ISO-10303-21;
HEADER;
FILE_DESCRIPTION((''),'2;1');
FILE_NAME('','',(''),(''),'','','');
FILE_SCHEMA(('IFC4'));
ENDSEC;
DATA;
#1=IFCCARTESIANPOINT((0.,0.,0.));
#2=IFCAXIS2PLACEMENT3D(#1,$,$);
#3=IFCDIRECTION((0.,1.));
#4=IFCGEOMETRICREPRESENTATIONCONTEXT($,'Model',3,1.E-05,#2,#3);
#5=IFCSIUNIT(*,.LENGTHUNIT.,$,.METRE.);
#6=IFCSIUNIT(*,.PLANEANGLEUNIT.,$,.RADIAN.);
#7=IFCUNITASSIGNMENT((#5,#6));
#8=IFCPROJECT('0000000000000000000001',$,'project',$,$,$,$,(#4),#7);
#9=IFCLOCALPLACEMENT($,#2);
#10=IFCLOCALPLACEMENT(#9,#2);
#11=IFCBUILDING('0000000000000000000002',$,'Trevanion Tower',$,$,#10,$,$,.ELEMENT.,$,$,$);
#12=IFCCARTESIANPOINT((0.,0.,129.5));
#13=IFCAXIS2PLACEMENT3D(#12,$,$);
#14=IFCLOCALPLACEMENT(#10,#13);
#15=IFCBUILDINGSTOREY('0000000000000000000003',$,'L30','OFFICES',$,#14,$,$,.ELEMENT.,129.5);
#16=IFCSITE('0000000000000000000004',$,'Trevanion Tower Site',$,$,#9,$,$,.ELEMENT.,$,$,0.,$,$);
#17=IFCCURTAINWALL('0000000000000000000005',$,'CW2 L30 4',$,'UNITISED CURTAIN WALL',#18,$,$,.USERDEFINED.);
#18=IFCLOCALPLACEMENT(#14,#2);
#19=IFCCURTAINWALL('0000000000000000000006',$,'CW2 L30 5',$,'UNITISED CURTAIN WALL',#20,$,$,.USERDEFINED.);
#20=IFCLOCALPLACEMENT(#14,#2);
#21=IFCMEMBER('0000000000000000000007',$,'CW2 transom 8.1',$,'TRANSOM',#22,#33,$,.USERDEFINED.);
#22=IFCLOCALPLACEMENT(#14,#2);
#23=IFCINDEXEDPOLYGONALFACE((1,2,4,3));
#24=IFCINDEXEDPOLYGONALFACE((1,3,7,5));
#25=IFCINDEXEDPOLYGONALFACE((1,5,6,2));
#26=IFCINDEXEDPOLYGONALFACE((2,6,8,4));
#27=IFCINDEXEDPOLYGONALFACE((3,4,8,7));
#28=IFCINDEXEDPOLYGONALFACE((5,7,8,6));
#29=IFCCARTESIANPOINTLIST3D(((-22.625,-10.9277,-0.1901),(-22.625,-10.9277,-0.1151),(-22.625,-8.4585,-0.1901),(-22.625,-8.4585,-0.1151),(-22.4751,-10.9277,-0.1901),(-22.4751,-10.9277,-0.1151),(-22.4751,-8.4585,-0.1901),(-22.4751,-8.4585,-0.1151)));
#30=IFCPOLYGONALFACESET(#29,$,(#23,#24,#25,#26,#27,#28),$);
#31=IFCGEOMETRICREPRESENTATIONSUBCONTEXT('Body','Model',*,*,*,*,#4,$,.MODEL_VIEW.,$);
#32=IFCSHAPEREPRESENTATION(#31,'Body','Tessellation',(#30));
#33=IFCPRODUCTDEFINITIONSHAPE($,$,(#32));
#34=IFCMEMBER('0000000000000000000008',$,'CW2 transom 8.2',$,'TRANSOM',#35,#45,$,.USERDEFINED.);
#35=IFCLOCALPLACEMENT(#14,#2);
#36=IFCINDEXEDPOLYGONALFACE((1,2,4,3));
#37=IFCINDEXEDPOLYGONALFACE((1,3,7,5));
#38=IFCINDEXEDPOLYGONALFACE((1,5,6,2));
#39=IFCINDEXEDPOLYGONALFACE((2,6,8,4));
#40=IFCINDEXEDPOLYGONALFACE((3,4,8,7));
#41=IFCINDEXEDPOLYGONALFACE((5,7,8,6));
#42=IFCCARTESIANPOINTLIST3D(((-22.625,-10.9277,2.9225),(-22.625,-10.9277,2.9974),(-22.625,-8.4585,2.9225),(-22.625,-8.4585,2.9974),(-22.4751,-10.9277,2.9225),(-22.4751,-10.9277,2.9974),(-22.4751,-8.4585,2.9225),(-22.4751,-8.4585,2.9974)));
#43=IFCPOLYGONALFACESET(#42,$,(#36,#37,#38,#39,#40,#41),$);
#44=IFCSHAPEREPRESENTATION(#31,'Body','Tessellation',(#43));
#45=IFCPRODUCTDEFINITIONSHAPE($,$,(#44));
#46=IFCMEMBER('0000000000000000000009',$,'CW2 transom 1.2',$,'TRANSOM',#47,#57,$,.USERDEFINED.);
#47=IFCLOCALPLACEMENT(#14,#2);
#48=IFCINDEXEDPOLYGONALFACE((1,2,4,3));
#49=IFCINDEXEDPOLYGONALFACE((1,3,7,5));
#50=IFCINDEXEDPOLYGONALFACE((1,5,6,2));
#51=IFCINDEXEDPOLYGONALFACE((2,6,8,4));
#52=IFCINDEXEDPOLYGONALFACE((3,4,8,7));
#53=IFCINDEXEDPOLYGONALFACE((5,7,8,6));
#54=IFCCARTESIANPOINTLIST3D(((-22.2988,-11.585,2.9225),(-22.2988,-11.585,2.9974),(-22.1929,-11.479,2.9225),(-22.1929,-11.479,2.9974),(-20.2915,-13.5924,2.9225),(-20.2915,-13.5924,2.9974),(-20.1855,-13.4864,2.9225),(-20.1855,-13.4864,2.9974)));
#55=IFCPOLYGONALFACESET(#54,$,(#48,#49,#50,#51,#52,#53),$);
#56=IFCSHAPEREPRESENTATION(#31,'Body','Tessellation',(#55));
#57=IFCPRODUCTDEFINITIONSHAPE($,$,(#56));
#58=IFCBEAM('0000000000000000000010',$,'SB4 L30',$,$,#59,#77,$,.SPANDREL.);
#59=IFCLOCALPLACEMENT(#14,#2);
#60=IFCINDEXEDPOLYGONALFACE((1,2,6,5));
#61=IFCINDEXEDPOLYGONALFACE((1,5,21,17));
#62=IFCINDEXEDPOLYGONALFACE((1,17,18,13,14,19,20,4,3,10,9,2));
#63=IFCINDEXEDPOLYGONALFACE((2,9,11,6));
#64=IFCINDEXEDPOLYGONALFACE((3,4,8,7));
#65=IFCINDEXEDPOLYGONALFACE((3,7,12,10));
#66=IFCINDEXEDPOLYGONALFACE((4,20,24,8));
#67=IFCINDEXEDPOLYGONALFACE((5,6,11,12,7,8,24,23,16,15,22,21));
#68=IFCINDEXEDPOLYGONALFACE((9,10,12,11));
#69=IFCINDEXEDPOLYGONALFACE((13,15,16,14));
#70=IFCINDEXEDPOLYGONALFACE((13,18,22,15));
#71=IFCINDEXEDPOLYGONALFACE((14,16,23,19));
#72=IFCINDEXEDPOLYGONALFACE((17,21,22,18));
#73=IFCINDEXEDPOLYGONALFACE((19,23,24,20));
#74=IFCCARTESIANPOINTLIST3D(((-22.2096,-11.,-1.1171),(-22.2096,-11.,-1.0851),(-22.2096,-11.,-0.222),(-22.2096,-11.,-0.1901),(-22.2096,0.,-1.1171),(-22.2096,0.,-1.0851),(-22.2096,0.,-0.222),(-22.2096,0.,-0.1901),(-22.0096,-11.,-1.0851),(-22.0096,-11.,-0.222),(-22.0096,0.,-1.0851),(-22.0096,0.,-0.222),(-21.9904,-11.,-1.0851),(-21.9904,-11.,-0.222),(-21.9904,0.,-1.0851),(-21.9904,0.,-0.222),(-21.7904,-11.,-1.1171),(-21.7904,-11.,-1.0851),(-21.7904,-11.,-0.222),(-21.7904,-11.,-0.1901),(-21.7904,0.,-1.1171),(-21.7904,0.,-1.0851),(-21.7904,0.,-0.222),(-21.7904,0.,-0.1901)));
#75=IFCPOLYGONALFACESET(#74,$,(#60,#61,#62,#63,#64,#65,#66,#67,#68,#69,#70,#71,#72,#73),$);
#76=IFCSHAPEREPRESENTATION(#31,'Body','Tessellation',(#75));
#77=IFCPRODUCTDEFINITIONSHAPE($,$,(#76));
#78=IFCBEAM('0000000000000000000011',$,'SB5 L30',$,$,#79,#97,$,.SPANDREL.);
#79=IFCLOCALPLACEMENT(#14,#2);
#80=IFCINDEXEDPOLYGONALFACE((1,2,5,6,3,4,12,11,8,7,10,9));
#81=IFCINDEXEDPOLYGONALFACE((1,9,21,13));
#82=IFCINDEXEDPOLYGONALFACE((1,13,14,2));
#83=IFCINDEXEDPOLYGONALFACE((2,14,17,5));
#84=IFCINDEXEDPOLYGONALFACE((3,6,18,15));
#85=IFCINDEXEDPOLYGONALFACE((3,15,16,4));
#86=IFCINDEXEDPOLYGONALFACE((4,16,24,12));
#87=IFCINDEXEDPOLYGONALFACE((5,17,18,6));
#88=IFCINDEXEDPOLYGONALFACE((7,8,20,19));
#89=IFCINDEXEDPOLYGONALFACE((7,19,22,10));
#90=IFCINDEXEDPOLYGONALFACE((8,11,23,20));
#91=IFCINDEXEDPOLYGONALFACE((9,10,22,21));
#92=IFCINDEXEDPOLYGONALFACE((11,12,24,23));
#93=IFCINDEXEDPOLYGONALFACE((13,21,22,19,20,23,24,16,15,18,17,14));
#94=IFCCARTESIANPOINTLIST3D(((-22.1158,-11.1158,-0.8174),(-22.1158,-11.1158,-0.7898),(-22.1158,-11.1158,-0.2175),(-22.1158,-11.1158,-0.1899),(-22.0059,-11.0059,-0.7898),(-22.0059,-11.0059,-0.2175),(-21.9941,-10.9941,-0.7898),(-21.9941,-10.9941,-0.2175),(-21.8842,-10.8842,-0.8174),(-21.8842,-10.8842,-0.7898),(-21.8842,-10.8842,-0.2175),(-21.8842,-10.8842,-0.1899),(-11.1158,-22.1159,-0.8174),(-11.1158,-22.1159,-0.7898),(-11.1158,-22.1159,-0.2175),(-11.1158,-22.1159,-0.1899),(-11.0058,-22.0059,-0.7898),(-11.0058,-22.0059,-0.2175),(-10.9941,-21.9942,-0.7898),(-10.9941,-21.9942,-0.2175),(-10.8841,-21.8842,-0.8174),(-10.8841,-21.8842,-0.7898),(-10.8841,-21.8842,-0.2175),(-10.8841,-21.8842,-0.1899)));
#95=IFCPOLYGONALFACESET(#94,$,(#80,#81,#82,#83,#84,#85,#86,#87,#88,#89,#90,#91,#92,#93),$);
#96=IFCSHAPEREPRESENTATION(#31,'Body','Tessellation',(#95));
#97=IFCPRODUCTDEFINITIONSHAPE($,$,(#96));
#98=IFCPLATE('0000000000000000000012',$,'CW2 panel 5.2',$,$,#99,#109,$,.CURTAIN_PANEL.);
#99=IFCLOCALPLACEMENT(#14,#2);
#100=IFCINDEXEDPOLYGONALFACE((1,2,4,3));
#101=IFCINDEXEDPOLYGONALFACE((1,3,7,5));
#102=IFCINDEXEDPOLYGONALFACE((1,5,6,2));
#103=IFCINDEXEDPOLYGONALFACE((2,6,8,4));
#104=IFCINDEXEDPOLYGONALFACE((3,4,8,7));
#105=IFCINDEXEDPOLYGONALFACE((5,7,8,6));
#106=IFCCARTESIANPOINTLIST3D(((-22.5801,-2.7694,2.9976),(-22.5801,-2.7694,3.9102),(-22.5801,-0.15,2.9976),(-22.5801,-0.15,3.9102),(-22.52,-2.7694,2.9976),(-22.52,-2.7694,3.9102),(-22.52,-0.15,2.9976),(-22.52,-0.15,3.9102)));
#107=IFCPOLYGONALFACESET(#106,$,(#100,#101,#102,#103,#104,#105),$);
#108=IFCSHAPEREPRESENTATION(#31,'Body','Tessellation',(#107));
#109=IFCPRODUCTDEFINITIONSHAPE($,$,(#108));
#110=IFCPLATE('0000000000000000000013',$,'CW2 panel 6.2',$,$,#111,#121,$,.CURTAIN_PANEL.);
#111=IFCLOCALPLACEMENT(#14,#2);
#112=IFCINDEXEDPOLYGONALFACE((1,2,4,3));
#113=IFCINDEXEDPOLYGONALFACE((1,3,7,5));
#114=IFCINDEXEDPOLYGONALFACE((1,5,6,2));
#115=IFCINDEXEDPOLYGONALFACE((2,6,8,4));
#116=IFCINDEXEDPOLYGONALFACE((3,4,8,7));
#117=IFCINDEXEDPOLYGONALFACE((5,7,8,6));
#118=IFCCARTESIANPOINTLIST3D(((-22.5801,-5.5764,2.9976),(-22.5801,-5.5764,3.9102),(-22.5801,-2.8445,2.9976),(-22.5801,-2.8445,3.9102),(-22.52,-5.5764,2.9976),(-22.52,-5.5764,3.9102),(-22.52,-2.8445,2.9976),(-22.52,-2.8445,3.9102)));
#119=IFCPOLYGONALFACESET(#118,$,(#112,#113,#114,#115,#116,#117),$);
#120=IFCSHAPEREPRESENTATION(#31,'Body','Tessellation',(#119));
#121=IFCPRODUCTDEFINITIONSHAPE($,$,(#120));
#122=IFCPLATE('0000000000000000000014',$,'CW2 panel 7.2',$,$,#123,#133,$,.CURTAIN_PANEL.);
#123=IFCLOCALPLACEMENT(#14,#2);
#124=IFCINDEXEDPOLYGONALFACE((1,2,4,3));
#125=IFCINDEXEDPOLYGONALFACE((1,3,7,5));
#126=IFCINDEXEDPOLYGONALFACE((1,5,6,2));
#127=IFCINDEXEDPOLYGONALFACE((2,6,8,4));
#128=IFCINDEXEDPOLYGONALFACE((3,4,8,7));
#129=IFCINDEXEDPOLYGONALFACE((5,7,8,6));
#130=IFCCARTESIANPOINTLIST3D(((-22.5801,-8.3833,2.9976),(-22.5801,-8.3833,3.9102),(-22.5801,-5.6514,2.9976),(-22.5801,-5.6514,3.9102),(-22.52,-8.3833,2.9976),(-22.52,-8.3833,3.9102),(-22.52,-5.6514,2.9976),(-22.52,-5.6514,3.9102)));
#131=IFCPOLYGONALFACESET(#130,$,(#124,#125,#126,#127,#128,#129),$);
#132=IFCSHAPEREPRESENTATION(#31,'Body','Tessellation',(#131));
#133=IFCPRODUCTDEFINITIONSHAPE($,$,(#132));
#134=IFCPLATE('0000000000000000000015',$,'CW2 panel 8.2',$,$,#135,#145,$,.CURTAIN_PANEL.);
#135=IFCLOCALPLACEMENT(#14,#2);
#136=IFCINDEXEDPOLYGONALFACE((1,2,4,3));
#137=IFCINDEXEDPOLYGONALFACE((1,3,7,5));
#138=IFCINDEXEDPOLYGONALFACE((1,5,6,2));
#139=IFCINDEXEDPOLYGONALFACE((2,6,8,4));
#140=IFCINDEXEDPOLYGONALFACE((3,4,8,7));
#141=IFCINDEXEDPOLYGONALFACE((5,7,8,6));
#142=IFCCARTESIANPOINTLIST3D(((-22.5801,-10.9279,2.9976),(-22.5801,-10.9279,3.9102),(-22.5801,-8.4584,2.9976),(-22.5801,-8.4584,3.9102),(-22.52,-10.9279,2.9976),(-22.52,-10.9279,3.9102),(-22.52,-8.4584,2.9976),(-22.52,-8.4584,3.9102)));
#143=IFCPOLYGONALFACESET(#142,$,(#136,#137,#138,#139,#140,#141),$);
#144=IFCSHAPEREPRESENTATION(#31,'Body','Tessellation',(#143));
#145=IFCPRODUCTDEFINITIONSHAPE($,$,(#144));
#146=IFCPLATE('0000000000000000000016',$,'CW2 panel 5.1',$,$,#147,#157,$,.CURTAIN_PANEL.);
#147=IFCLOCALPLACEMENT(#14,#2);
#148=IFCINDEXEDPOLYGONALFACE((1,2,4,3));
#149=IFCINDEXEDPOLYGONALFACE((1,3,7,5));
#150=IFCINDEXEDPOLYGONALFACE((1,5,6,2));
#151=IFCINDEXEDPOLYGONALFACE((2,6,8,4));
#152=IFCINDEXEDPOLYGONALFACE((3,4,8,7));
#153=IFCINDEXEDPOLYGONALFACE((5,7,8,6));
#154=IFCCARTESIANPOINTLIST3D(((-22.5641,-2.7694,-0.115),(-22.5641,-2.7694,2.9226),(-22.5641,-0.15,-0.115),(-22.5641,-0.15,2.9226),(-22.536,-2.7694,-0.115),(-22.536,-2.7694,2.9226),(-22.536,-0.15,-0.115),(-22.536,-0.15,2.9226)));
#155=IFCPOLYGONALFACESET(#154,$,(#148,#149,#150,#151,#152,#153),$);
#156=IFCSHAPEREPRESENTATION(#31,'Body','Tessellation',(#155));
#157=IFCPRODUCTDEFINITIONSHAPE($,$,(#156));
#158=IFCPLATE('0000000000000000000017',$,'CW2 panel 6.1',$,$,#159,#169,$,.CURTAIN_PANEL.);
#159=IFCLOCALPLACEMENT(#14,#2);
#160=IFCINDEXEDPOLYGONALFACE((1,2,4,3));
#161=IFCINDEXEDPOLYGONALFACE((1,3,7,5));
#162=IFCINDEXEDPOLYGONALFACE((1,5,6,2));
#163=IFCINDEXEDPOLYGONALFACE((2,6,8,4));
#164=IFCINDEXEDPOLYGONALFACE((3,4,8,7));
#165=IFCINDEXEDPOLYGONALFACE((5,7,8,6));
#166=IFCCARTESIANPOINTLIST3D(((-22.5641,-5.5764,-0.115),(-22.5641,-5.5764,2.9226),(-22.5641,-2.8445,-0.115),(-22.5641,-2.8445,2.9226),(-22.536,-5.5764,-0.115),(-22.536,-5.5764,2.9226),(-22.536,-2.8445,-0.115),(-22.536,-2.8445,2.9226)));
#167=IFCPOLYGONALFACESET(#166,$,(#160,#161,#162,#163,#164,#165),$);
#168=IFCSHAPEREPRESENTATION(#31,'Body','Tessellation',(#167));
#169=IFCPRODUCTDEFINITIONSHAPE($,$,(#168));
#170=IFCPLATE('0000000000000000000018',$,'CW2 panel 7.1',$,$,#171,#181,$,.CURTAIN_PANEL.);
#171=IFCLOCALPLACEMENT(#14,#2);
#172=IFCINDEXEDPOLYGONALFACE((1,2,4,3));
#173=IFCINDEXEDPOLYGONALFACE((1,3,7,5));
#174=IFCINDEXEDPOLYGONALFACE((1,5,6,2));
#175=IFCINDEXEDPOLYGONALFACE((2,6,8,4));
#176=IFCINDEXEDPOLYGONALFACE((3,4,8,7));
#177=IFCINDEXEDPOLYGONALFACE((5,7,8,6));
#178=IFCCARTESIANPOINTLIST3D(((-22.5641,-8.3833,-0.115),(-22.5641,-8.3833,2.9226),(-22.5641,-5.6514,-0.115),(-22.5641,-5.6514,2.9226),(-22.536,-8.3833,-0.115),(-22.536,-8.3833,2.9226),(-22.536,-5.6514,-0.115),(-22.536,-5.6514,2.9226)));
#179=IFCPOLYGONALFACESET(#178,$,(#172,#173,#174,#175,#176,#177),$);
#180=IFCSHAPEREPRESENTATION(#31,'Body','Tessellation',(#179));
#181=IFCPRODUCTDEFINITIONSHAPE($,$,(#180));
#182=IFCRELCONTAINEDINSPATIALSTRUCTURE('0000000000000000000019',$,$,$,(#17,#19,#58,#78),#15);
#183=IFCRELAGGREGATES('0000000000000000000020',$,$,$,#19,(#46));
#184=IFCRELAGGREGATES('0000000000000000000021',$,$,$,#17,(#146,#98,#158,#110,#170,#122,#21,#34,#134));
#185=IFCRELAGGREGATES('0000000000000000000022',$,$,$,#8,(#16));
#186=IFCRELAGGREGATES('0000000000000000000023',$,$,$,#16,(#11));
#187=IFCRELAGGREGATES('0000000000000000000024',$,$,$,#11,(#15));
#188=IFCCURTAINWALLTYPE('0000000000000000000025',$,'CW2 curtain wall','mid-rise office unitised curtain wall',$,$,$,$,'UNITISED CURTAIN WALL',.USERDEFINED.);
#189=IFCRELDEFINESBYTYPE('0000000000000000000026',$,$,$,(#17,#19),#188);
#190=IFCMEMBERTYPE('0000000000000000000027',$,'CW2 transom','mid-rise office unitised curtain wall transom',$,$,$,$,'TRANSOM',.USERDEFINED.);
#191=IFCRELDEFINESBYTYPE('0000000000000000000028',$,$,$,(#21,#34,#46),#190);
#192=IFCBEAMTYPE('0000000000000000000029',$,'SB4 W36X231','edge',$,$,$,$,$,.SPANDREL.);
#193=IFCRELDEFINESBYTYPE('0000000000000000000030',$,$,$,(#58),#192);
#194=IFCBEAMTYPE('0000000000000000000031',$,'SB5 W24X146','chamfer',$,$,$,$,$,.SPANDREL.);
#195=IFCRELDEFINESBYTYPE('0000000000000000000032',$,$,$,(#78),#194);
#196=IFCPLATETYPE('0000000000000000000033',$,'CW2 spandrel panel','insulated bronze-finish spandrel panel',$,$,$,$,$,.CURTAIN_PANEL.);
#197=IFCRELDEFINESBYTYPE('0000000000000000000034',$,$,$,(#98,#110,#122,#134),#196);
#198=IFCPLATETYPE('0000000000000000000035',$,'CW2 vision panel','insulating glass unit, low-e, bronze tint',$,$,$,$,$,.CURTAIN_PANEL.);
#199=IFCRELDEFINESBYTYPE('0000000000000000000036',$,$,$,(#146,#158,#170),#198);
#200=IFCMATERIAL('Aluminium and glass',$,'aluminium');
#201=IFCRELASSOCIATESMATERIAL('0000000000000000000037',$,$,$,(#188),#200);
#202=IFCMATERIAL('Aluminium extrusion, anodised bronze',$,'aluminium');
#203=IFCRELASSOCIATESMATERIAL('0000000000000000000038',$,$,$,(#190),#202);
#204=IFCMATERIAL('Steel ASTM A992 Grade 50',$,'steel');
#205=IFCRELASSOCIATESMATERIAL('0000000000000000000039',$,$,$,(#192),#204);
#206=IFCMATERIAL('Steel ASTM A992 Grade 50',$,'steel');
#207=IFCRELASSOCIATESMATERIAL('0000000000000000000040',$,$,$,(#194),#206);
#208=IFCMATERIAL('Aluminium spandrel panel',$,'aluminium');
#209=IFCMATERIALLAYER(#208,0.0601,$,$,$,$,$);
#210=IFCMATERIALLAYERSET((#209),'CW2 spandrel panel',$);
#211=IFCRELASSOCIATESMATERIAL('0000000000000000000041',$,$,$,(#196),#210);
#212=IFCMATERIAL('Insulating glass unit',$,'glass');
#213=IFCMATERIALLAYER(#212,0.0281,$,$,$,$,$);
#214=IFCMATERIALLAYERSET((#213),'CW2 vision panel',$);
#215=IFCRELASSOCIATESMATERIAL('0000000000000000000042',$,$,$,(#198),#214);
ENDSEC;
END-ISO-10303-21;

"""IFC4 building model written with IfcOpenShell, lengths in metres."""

from ifc_helpers import new_model, si_unit, direction, frame, origin, origin_2d, place, context, subcontext, project, spatial, rectangle, i_section, extrude, material, layer, layer_set, material_profile, profile_set, type_object, element, aggregate, save


model = new_model("IFC4")

# Units and contexts
model_context = context("Model", 3, precision=1e-05, world=origin(), true_north=direction((0.0, 1.0)))
body_context = subcontext(model_context, "Body", "Model", "MODEL_VIEW")
ifc_project = project(units=[si_unit("LENGTHUNIT", "METRE"), si_unit("PLANEANGLEUNIT", "RADIAN")], contexts=[model_context])

# Site, building, storey
site_placement = place(None, origin())
site = spatial("IfcSite", under=ifc_project, at=site_placement, Name="Trevanion Tower Site", CompositionType="ELEMENT", RefElevation=0.0)
building_placement = place(site_placement, origin())
building = spatial("IfcBuilding", under=site, at=building_placement, Name="Trevanion Tower", CompositionType="ELEMENT")
storey_placement = place(building_placement, frame((0.0, 0.0, 129.5)))
storey = spatial("IfcBuildingStorey", under=building, at=storey_placement, Name="L30", Description="OFFICES", CompositionType="ELEMENT", Elevation=129.5)

# Curtain wall
ifc_material_1 = material(Name="Aluminium and glass", Category="aluminium")
curtain_wall_type = type_object("IfcCurtainWallType", Name="CW2 curtain wall", Description="mid-rise office unitised curtain wall", ElementType="UNITISED CURTAIN WALL", PredefinedType="USERDEFINED", material=ifc_material_1)
curtain_wall_1_placement = place(storey_placement, origin())
curtain_wall_1 = element("IfcCurtainWall", 1, at=curtain_wall_1_placement, inside=storey, type_object=curtain_wall_type, Name="CW2 L30 4", ObjectType="UNITISED CURTAIN WALL", PredefinedType="USERDEFINED")

# Curtain wall
curtain_wall_2_placement = place(storey_placement, origin())
curtain_wall_2 = element("IfcCurtainWall", 2, at=curtain_wall_2_placement, inside=storey, type_object=curtain_wall_type, Name="CW2 L30 5", ObjectType="UNITISED CURTAIN WALL", PredefinedType="USERDEFINED")

# Members
ifc_material_2 = material(Name="Aluminium extrusion, anodised bronze", Category="aluminium")
ifc_material_profile_1 = material_profile(ifc_material_2, rectangle(XDim=0.1499, YDim=0.075, at=origin_2d()), Name="CW2 transom")
ifc_profile_set_1 = profile_set([ifc_material_profile_1], Name="Aluminium extrusion, anodised bronze")
member_type_1 = type_object("IfcMemberType", Name="CW2 transom", Description="mid-rise office unitised curtain wall transom", ElementType="TRANSOM", PredefinedType="USERDEFINED", material=ifc_profile_set_1)
member_1_placement = place(storey_placement, frame((-22.55, -8.4585, -0.1526), z_axis=(0.0, -1.0, 0.0), x_axis=(1.0, 0.0, 0.0)))
member_1 = element("IfcMember", 3, at=member_1_placement, type_object=member_type_1, Name="CW2 transom 8.1", ObjectType="TRANSOM", PredefinedType="USERDEFINED", context=body_context, shape_type="SweptSolid", body=[
    extrude(rectangle(XDim=0.1499, YDim=0.075, at=origin_2d()), origin(), (0.0, 0.0, 1.0), 2.4692),
])
member_2_placement = place(storey_placement, frame((-22.55, -8.4585, 2.96), z_axis=(0.0, -1.0, 0.0), x_axis=(1.0, 0.0, 0.0)))
member_2 = element("IfcMember", 4, at=member_2_placement, type_object=member_type_1, Name="CW2 transom 8.2", ObjectType="TRANSOM", PredefinedType="USERDEFINED", context=body_context, shape_type="SweptSolid", body=[
    extrude(rectangle(XDim=0.1499, YDim=0.075, at=origin_2d()), origin(), (0.0, 0.0, 1.0), 2.4692),
])
member_3_placement = place(storey_placement, frame((-22.2458, -11.532, 2.96), z_axis=(0.707107, -0.707107, 0.0), x_axis=(0.707107, 0.707107, 0.0)))
member_3 = element("IfcMember", 5, at=member_3_placement, type_object=member_type_1, Name="CW2 transom 1.2", ObjectType="TRANSOM", PredefinedType="USERDEFINED", context=body_context, shape_type="SweptSolid", body=[
    extrude(rectangle(XDim=0.1499, YDim=0.075, at=origin_2d()), origin(), (0.0, 0.0, 1.0), 2.8389),
])
aggregate(curtain_wall_2, [member_3])

# Beams
ifc_material_3 = material(Name="Steel ASTM A992 Grade 50", Category="steel")
ifc_material_profile_2 = material_profile(ifc_material_3, i_section(OverallWidth=0.4192, OverallDepth=0.927, WebThickness=0.0193, FlangeThickness=0.032, at=origin_2d()), Name="W36X231")
ifc_profile_set_2 = profile_set([ifc_material_profile_2], Name="Steel ASTM A992 Grade 50")
beam_type_1 = type_object("IfcBeamType", Name="SB4 W36X231", Description="edge", PredefinedType="SPANDREL", material=ifc_profile_set_2)
beam_1_placement = place(storey_placement, frame((-22.0, 0.0, -0.6536), z_axis=(0.0, -1.0, 0.0), x_axis=(1.0, 0.0, 0.0)))
element("IfcBeam", 6, at=beam_1_placement, inside=storey, type_object=beam_type_1, Name="SB4 L30", PredefinedType="SPANDREL", context=body_context, shape_type="SweptSolid", body=[
    extrude(i_section(OverallWidth=0.4192, OverallDepth=0.927, WebThickness=0.0193, FlangeThickness=0.032, at=origin_2d()), origin(), (0.0, 0.0, 1.0), 11.0),
])
ifc_material_4 = material(Name="Steel ASTM A992 Grade 50", Category="steel")
ifc_material_profile_3 = material_profile(ifc_material_4, i_section(OverallWidth=0.3276, OverallDepth=0.6274, WebThickness=0.0166, FlangeThickness=0.0276, at=origin_2d()), Name="W24X146")
ifc_profile_set_3 = profile_set([ifc_material_profile_3], Name="Steel ASTM A992 Grade 50")
beam_type_2 = type_object("IfcBeamType", Name="SB5 W24X146", Description="chamfer", PredefinedType="SPANDREL", material=ifc_profile_set_3)
beam_2_placement = place(storey_placement, frame((-22.0, -11.0, -0.5037), z_axis=(0.707107, -0.707107, 0.0), x_axis=(0.707107, 0.707107, 0.0)))
element("IfcBeam", 7, at=beam_2_placement, inside=storey, type_object=beam_type_2, Name="SB5 L30", PredefinedType="SPANDREL", context=body_context, shape_type="SweptSolid", body=[
    extrude(i_section(OverallWidth=0.3276, OverallDepth=0.6274, WebThickness=0.0166, FlangeThickness=0.0276, at=origin_2d()), origin(), (0.0, 0.0, 1.0), 15.5564),
])

# Plates
ifc_material_5 = material(Name="Aluminium spandrel panel", Category="aluminium")
ifc_layer_1 = layer(ifc_material_5, 0.0601)
ifc_layer_set_1 = layer_set([ifc_layer_1], Name="CW2 spandrel panel")
plate_type_1 = type_object("IfcPlateType", Name="CW2 spandrel panel", Description="insulated bronze-finish spandrel panel", PredefinedType="CURTAIN_PANEL", material=ifc_layer_set_1)
plate_1_placement = place(storey_placement, frame((-22.55, -1.4597, 2.9976), z_axis=(0.0, 0.0, 1.0), x_axis=(0.0, -1.0, 0.0)))
plate_1 = element("IfcPlate", 8, at=plate_1_placement, type_object=plate_type_1, Name="CW2 panel 5.2", PredefinedType="CURTAIN_PANEL", context=body_context, shape_type="SweptSolid", body=[
    extrude(rectangle(XDim=2.6194, YDim=0.0601, at=origin_2d()), origin(), (0.0, 0.0, 1.0), 0.9126),
])
plate_2_placement = place(storey_placement, frame((-22.55, -4.2104, 2.9976), z_axis=(0.0, 0.0, 1.0), x_axis=(0.0, -1.0, 0.0)))
plate_2 = element("IfcPlate", 9, at=plate_2_placement, type_object=plate_type_1, Name="CW2 panel 6.2", PredefinedType="CURTAIN_PANEL", context=body_context, shape_type="SweptSolid", body=[
    extrude(rectangle(XDim=2.7319, YDim=0.0601, at=origin_2d()), origin(), (0.0, 0.0, 1.0), 0.9126),
])
plate_3_placement = place(storey_placement, frame((-22.55, -7.0173, 2.9976), z_axis=(0.0, 0.0, 1.0), x_axis=(0.0, -1.0, 0.0)))
plate_3 = element("IfcPlate", 10, at=plate_3_placement, type_object=plate_type_1, Name="CW2 panel 7.2", PredefinedType="CURTAIN_PANEL", context=body_context, shape_type="SweptSolid", body=[
    extrude(rectangle(XDim=2.7319, YDim=0.0601, at=origin_2d()), origin(), (0.0, 0.0, 1.0), 0.9126),
])
plate_4_placement = place(storey_placement, frame((-22.55, -9.6931, 2.9976), z_axis=(0.0, 0.0, 1.0), x_axis=(0.0, -1.0, 0.0)))
plate_4 = element("IfcPlate", 11, at=plate_4_placement, type_object=plate_type_1, Name="CW2 panel 8.2", PredefinedType="CURTAIN_PANEL", context=body_context, shape_type="SweptSolid", body=[
    extrude(rectangle(XDim=2.4695, YDim=0.0601, at=origin_2d()), origin(), (0.0, 0.0, 1.0), 0.9126),
])
ifc_material_6 = material(Name="Insulating glass unit", Category="glass")
ifc_layer_2 = layer(ifc_material_6, 0.0281)
ifc_layer_set_2 = layer_set([ifc_layer_2], Name="CW2 vision panel")
plate_type_2 = type_object("IfcPlateType", Name="CW2 vision panel", Description="insulating glass unit, low-e, bronze tint", PredefinedType="CURTAIN_PANEL", material=ifc_layer_set_2)
plate_5_placement = place(storey_placement, frame((-22.55, -1.4597, -0.115), z_axis=(0.0, 0.0, 1.0), x_axis=(0.0, -1.0, 0.0)))
plate_5 = element("IfcPlate", 12, at=plate_5_placement, type_object=plate_type_2, Name="CW2 panel 5.1", PredefinedType="CURTAIN_PANEL", context=body_context, shape_type="SweptSolid", body=[
    extrude(rectangle(XDim=2.6194, YDim=0.0281, at=origin_2d()), origin(), (0.0, 0.0, 1.0), 3.0376),
])
plate_6_placement = place(storey_placement, frame((-22.55, -4.2104, -0.115), z_axis=(0.0, 0.0, 1.0), x_axis=(0.0, -1.0, 0.0)))
plate_6 = element("IfcPlate", 13, at=plate_6_placement, type_object=plate_type_2, Name="CW2 panel 6.1", PredefinedType="CURTAIN_PANEL", context=body_context, shape_type="SweptSolid", body=[
    extrude(rectangle(XDim=2.7319, YDim=0.0281, at=origin_2d()), origin(), (0.0, 0.0, 1.0), 3.0376),
])
plate_7_placement = place(storey_placement, frame((-22.55, -7.0173, -0.115), z_axis=(0.0, 0.0, 1.0), x_axis=(0.0, -1.0, 0.0)))
plate_7 = element("IfcPlate", 14, at=plate_7_placement, type_object=plate_type_2, Name="CW2 panel 7.1", PredefinedType="CURTAIN_PANEL", context=body_context, shape_type="SweptSolid", body=[
    extrude(rectangle(XDim=2.7319, YDim=0.0281, at=origin_2d()), origin(), (0.0, 0.0, 1.0), 3.0376),
])
aggregate(curtain_wall_1, [plate_5, plate_1, plate_6, plate_2, plate_7, plate_3, member_1, member_2, plate_4])

save(model, "model.ifc")
